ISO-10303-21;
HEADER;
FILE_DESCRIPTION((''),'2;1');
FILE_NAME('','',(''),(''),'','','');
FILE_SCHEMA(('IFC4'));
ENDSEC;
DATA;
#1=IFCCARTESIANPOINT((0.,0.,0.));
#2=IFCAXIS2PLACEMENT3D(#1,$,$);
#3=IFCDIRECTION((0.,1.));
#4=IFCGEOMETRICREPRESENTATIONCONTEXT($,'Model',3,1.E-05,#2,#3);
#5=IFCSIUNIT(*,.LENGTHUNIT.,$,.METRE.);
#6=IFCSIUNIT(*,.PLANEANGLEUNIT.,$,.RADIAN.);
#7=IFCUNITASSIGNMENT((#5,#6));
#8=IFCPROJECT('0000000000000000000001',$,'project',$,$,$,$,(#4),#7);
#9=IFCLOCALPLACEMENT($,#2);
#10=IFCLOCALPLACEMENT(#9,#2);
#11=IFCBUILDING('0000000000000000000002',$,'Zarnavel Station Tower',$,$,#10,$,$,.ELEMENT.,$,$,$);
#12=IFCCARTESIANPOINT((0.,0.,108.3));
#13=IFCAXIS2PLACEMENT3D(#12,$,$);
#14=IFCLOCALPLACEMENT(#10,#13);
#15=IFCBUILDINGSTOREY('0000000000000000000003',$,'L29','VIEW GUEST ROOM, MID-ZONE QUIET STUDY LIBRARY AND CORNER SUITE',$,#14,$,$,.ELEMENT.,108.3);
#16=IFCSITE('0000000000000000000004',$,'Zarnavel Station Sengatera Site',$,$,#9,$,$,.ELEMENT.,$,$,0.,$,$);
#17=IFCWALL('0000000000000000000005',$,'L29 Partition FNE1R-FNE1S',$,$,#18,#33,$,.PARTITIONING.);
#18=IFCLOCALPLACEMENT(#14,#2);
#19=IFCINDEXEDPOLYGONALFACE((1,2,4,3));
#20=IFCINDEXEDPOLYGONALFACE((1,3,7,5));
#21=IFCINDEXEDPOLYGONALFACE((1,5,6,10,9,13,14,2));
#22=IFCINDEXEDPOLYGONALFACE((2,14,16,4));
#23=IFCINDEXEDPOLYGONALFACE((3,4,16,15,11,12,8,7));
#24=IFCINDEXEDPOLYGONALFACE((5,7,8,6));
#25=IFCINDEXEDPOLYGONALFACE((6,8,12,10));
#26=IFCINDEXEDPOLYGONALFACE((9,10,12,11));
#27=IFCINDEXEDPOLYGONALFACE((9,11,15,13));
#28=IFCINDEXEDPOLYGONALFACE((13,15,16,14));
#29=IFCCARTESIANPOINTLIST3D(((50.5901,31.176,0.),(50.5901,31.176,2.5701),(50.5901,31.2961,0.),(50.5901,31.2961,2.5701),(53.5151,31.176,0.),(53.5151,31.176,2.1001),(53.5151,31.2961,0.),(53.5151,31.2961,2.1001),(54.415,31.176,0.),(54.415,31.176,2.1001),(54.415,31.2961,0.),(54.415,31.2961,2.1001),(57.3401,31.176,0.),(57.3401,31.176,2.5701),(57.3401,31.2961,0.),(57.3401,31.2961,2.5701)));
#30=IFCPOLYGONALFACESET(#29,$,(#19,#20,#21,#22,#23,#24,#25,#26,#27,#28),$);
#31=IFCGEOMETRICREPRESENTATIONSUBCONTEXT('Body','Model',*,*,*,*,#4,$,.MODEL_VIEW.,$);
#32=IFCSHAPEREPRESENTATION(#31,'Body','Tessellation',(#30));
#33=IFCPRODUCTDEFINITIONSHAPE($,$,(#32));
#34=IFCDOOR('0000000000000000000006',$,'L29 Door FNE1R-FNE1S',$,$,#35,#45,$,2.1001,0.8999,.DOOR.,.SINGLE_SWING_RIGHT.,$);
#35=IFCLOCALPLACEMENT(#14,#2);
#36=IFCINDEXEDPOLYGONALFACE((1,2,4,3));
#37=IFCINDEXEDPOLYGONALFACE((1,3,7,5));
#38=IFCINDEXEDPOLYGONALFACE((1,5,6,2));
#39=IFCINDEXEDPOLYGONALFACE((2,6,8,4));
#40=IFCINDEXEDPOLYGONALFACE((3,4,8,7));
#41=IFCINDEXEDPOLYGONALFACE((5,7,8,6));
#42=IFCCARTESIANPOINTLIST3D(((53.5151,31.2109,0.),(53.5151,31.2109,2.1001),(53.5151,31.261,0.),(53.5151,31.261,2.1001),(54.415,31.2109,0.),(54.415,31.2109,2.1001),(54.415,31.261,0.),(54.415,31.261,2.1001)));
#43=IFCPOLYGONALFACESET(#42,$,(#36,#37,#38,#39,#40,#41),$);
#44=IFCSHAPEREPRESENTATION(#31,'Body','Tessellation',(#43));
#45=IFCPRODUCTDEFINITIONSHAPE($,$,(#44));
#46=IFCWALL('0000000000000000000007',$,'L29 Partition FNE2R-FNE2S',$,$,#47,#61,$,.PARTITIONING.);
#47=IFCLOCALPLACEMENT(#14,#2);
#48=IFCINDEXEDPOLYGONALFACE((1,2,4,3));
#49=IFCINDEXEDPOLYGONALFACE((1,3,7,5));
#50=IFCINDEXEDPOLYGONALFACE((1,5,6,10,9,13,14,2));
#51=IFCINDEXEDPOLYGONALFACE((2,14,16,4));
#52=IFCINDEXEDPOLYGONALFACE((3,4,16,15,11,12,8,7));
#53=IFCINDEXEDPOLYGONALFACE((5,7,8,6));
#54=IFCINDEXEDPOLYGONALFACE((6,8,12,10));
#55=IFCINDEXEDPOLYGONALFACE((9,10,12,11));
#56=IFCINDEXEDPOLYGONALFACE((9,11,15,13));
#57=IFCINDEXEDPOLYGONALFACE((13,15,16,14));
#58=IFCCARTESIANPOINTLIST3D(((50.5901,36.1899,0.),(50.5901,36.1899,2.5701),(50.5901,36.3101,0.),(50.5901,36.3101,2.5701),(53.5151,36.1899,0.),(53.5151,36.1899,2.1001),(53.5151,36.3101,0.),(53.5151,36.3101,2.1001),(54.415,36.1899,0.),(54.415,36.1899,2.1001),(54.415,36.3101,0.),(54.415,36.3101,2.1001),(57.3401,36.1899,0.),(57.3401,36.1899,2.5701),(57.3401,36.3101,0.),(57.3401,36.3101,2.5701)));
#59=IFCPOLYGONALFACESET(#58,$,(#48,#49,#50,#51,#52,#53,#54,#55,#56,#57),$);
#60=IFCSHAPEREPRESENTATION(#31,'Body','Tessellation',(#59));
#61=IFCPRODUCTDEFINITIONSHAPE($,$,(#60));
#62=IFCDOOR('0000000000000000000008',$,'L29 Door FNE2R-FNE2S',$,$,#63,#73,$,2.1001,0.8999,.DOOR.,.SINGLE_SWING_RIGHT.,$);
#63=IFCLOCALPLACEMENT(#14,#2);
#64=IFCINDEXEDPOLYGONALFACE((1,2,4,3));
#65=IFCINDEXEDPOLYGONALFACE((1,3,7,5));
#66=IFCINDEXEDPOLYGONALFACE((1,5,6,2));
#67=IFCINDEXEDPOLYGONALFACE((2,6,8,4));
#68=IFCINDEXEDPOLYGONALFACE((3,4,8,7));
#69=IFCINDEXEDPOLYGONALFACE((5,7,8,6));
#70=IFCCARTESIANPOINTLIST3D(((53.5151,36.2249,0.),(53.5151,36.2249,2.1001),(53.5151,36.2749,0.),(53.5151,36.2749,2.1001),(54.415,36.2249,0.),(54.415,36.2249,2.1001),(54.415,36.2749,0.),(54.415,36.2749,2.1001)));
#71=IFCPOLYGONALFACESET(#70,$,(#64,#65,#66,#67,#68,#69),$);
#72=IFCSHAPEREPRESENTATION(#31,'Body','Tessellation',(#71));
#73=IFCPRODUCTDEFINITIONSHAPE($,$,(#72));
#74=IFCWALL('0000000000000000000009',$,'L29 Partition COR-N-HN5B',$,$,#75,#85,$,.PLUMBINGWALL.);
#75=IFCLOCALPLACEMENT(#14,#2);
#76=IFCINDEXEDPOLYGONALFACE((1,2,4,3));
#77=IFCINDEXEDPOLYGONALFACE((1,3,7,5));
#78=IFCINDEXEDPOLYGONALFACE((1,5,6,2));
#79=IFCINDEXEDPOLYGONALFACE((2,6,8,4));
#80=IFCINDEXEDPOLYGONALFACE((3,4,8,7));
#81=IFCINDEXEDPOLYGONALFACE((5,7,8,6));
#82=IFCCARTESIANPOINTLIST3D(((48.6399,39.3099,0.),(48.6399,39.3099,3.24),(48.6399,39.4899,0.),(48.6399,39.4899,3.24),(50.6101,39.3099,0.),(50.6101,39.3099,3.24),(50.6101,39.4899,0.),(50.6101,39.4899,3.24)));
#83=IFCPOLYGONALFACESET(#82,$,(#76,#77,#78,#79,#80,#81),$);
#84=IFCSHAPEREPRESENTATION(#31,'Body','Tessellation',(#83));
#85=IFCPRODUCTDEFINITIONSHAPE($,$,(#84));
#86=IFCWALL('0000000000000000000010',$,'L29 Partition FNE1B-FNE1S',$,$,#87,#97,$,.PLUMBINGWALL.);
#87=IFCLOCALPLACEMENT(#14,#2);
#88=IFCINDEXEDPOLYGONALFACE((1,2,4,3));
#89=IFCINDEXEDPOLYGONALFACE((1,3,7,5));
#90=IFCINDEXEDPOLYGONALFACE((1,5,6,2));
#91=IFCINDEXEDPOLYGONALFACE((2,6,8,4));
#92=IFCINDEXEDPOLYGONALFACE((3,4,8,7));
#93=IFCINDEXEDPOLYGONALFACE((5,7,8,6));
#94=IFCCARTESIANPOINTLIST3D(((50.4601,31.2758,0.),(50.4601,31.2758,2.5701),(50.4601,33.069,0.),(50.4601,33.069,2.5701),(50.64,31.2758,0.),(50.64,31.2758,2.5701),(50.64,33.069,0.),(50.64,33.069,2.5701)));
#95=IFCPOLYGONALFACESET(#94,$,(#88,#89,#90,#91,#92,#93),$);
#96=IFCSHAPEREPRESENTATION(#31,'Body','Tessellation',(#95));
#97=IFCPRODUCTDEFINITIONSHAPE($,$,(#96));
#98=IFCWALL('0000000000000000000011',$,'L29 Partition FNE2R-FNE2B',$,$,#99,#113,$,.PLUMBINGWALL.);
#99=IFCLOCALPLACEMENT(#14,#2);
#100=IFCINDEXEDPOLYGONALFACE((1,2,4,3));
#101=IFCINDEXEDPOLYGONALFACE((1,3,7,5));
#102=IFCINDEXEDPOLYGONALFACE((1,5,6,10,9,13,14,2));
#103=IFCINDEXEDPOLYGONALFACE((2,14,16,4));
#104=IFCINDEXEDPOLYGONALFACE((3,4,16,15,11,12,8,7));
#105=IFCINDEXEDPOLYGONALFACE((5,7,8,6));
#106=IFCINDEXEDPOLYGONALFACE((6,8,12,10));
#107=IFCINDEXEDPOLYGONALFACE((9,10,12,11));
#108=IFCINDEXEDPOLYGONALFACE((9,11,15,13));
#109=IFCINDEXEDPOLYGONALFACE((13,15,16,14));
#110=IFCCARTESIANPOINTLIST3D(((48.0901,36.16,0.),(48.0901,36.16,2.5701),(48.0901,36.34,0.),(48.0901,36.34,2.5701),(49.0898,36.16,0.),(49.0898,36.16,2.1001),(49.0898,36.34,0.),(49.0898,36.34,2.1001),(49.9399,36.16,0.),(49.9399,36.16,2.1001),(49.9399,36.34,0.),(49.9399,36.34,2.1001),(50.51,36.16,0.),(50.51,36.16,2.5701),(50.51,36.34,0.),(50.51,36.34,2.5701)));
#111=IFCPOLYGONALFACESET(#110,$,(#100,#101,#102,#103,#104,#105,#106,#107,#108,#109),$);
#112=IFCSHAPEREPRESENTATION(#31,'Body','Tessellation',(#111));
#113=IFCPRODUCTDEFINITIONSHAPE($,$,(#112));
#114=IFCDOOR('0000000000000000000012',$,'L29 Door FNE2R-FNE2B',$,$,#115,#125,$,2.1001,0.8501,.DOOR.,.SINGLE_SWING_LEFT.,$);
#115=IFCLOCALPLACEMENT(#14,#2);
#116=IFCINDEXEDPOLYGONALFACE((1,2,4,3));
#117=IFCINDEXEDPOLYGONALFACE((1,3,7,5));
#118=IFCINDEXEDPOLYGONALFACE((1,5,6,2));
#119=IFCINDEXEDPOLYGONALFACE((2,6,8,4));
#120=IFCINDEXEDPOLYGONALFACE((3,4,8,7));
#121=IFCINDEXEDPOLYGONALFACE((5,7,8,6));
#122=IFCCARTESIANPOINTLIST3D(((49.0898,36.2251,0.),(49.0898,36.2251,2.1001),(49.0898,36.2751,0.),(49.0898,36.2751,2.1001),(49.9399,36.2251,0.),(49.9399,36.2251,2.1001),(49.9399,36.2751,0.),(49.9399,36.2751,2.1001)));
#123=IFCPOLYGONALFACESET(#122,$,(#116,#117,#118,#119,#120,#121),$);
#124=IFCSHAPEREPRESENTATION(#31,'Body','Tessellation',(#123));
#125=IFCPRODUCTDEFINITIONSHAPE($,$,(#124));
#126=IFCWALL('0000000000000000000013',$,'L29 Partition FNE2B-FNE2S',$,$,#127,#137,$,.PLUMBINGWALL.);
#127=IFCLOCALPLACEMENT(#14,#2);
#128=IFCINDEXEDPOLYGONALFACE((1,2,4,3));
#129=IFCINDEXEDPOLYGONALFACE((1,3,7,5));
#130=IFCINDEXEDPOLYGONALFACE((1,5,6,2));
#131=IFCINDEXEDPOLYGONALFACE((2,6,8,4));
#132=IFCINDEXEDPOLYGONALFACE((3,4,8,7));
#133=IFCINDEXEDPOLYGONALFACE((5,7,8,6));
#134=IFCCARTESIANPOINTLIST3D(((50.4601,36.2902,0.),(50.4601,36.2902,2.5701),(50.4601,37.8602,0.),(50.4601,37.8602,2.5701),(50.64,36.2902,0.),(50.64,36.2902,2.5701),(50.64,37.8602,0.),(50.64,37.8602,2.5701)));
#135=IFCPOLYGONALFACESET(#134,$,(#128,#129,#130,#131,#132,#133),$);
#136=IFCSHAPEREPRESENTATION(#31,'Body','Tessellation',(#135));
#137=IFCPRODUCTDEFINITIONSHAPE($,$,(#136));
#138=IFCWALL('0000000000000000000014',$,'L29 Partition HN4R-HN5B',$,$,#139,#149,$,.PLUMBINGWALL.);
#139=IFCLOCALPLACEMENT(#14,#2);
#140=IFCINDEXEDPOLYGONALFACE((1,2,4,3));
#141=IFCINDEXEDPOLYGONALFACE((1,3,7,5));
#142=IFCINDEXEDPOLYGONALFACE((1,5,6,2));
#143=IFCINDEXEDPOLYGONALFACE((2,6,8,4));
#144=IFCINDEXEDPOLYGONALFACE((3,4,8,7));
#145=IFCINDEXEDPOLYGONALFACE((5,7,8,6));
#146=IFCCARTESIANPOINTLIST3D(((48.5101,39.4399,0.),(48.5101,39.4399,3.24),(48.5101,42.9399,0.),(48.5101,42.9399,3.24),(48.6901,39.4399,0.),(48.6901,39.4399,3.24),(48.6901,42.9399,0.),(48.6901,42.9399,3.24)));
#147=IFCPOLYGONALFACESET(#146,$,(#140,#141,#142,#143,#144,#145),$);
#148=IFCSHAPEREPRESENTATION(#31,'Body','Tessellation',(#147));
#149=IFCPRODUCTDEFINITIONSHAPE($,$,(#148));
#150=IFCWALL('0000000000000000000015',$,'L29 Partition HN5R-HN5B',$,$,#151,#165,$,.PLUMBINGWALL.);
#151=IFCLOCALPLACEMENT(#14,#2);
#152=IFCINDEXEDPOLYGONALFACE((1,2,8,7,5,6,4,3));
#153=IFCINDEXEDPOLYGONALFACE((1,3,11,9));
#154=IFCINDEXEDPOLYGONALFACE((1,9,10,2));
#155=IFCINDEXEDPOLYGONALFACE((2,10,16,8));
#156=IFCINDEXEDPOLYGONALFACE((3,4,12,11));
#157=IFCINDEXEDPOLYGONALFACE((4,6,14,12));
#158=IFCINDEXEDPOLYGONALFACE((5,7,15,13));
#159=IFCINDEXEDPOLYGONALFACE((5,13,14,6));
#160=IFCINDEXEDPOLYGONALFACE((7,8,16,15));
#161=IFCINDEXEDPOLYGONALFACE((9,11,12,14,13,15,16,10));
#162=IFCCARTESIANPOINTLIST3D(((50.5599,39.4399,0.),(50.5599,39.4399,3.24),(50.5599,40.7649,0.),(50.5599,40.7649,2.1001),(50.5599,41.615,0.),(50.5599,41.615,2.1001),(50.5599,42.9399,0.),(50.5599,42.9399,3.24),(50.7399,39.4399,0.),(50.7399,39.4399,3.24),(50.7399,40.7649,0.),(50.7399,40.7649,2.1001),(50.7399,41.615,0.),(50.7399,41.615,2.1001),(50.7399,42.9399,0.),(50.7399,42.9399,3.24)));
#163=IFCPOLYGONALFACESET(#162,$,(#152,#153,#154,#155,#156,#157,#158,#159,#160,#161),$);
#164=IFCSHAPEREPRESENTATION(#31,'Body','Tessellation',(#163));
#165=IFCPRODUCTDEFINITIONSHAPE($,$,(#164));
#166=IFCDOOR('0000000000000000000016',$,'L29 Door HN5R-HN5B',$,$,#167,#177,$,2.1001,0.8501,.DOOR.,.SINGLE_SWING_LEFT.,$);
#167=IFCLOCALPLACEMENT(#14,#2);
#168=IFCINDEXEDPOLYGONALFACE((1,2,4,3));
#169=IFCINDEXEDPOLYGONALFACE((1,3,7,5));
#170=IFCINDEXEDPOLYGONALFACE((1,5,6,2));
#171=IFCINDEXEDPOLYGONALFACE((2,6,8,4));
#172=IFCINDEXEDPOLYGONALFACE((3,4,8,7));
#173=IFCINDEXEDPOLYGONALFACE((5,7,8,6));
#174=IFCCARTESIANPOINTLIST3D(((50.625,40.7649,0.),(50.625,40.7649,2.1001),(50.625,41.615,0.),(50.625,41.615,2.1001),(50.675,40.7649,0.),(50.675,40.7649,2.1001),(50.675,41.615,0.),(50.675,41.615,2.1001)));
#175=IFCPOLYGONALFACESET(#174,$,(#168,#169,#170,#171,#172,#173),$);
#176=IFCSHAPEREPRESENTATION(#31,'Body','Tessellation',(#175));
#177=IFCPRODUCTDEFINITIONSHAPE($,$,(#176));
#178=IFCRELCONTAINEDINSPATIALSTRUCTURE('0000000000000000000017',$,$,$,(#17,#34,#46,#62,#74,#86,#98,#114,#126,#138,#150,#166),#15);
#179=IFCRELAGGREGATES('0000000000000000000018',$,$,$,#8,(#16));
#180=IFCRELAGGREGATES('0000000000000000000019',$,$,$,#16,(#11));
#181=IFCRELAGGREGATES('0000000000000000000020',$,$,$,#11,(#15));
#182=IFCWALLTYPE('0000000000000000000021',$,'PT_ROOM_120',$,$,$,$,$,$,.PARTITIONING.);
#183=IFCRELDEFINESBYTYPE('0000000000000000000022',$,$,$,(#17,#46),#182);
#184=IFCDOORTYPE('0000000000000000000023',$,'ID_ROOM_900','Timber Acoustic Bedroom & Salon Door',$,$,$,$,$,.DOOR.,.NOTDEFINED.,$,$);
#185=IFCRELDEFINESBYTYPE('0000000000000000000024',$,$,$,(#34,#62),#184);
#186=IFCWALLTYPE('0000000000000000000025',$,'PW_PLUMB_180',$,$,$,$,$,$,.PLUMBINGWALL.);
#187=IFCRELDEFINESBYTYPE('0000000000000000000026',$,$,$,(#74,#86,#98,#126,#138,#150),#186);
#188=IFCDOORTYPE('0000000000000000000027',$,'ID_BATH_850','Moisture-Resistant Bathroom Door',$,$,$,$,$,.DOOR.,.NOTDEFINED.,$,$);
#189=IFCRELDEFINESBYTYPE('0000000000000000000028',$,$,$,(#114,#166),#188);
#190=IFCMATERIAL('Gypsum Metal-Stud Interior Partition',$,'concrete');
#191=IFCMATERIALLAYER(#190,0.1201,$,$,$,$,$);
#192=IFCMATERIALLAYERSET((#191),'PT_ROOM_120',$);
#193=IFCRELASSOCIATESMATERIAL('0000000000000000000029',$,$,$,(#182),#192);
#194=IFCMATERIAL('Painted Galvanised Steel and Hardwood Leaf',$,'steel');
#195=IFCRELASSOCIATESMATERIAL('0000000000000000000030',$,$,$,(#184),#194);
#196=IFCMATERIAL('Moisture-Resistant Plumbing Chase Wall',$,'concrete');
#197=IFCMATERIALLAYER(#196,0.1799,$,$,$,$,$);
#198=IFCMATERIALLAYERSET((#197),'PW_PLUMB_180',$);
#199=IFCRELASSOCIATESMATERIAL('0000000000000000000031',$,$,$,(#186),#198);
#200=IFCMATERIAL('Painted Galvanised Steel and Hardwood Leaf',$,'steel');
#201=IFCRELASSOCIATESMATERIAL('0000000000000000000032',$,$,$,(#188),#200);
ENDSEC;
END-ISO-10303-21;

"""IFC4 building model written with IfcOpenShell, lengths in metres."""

from ifc_helpers import new_model, si_unit, direction, frame, frame_2d, origin, place, context, subcontext, project, spatial, rectangle, extrude, material, layer, layer_set, type_object, element, fill, save


model = new_model("IFC4")

# Units and contexts
model_context = context("Model", 3, precision=1e-05, world=origin(), true_north=direction((0.0, 1.0)))
body_context = subcontext(model_context, "Body", "Model", "MODEL_VIEW")
ifc_project = project(units=[si_unit("LENGTHUNIT", "METRE"), si_unit("PLANEANGLEUNIT", "RADIAN")], contexts=[model_context])

# Site, building, storey
site_placement = place(None, origin())
site = spatial("IfcSite", under=ifc_project, at=site_placement, Name="Zarnavel Station Sengatera Site", CompositionType="ELEMENT", RefElevation=0.0)
building_placement = place(site_placement, origin())
building = spatial("IfcBuilding", under=site, at=building_placement, Name="Zarnavel Station Tower", CompositionType="ELEMENT")
storey_placement = place(building_placement, frame((0.0, 0.0, 108.3)))
storey = spatial("IfcBuildingStorey", under=building, at=storey_placement, Name="L29", Description="VIEW GUEST ROOM, MID-ZONE QUIET STUDY LIBRARY AND CORNER SUITE", CompositionType="ELEMENT", Elevation=108.3)

# Walls, openings, doors
ifc_material_1 = material(Name="Gypsum Metal-Stud Interior Partition", Category="concrete")
ifc_layer_1 = layer(ifc_material_1, 0.1201)
ifc_layer_set_1 = layer_set([ifc_layer_1], Name="PT_ROOM_120")
wall_type_1 = type_object("IfcWallType", Name="PT_ROOM_120", PredefinedType="PARTITIONING", material=ifc_layer_set_1)
wall_1_placement = place(storey_placement, frame((50.5901, 31.2361, 0.0), z_axis=(0.0, 0.0, 1.0), x_axis=(1.0, 0.0, 0.0)))
wall_1 = element("IfcWall", 1, at=wall_1_placement, inside=storey, type_object=wall_type_1, Name="L29 Partition FNE1R-FNE1S", PredefinedType="PARTITIONING", context=body_context, shape_type="SweptSolid", body=[
    extrude(rectangle(XDim=6.75, YDim=0.1201, at=frame_2d((3.375, 0.0))), origin(), (0.0, 0.0, 1.0), 2.5701),
])
opening_1_placement = place(wall_1_placement, frame((2.925, 0.0, 0.0)))
opening_1 = element("IfcOpeningElement", 2, at=opening_1_placement, cuts=wall_1, PredefinedType="OPENING", context=body_context, shape_type="SweptSolid", body=[
    extrude(rectangle(XDim=0.8999, YDim=2.1001, at=frame_2d((0.45, 1.05))), frame((0.0, 0.0701, 0.0), z_axis=(0.0, -1.0, 0.0), x_axis=(1.0, 0.0, 0.0)), (0.0, 0.0, 1.0), 0.1401),
])
ifc_material_2 = material(Name="Painted Galvanised Steel and Hardwood Leaf", Category="steel")
door_type_1 = type_object("IfcDoorType", Name="ID_ROOM_900", Description="Timber Acoustic Bedroom & Salon Door", OperationType="NOTDEFINED", PredefinedType="DOOR", material=ifc_material_2)
door_1_placement = place(opening_1_placement, origin())
door_1 = element("IfcDoor", 3, at=door_1_placement, inside=storey, type_object=door_type_1, Name="L29 Door FNE1R-FNE1S", OperationType="SINGLE_SWING_RIGHT", OverallHeight=2.1001, OverallWidth=0.8999, PredefinedType="DOOR", context=body_context, shape_type="SweptSolid", body=[
    extrude(rectangle(XDim=0.8999, YDim=2.1001, at=frame_2d((0.45, 1.05))), frame((0.0, 0.0249, 0.0), z_axis=(0.0, -1.0, 0.0), x_axis=(1.0, 0.0, 0.0)), (0.0, 0.0, 1.0), 0.05),
])
fill(opening_1, door_1)
wall_2_placement = place(storey_placement, frame((50.5901, 36.25, 0.0), z_axis=(0.0, 0.0, 1.0), x_axis=(1.0, 0.0, 0.0)))
wall_2 = element("IfcWall", 4, at=wall_2_placement, inside=storey, type_object=wall_type_1, Name="L29 Partition FNE2R-FNE2S", PredefinedType="PARTITIONING", context=body_context, shape_type="SweptSolid", body=[
    extrude(rectangle(XDim=6.75, YDim=0.1201, at=frame_2d((3.375, 0.0))), origin(), (0.0, 0.0, 1.0), 2.5701),
])
opening_2_placement = place(wall_2_placement, frame((2.925, 0.0, 0.0)))
opening_2 = element("IfcOpeningElement", 5, at=opening_2_placement, cuts=wall_2, PredefinedType="OPENING", context=body_context, shape_type="SweptSolid", body=[
    extrude(rectangle(XDim=0.8999, YDim=2.1001, at=frame_2d((0.45, 1.05))), frame((0.0, 0.0701, 0.0), z_axis=(0.0, -1.0, 0.0), x_axis=(1.0, 0.0, 0.0)), (0.0, 0.0, 1.0), 0.1401),
])
door_2_placement = place(opening_2_placement, origin())
door_2 = element("IfcDoor", 6, at=door_2_placement, inside=storey, type_object=door_type_1, Name="L29 Door FNE2R-FNE2S", OperationType="SINGLE_SWING_RIGHT", OverallHeight=2.1001, OverallWidth=0.8999, PredefinedType="DOOR", context=body_context, shape_type="SweptSolid", body=[
    extrude(rectangle(XDim=0.8999, YDim=2.1001, at=frame_2d((0.45, 1.05))), frame((0.0, 0.0249, 0.0), z_axis=(0.0, -1.0, 0.0), x_axis=(1.0, 0.0, 0.0)), (0.0, 0.0, 1.0), 0.05),
])
fill(opening_2, door_2)

# Walls
ifc_material_3 = material(Name="Moisture-Resistant Plumbing Chase Wall", Category="concrete")
ifc_layer_2 = layer(ifc_material_3, 0.1799)
ifc_layer_set_2 = layer_set([ifc_layer_2], Name="PW_PLUMB_180")
wall_type_2 = type_object("IfcWallType", Name="PW_PLUMB_180", PredefinedType="PLUMBINGWALL", material=ifc_layer_set_2)
wall_3_placement = place(storey_placement, frame((48.6399, 39.3999, 0.0), z_axis=(0.0, 0.0, 1.0), x_axis=(1.0, 0.0, 0.0)))
element("IfcWall", 7, at=wall_3_placement, inside=storey, type_object=wall_type_2, Name="L29 Partition COR-N-HN5B", PredefinedType="PLUMBINGWALL", context=body_context, shape_type="SweptSolid", body=[
    extrude(rectangle(XDim=1.9702, YDim=0.1799, at=frame_2d((0.9851, 0.0))), origin(), (0.0, 0.0, 1.0), 3.24),
])
wall_4_placement = place(storey_placement, frame((50.55, 31.2759, 0.0), z_axis=(0.0, 0.0, 1.0), x_axis=(0.0, 1.0, 0.0)))
element("IfcWall", 8, at=wall_4_placement, inside=storey, type_object=wall_type_2, Name="L29 Partition FNE1B-FNE1S", PredefinedType="PLUMBINGWALL", context=body_context, shape_type="SweptSolid", body=[
    extrude(rectangle(XDim=1.7932, YDim=0.1799, at=frame_2d((0.8965, 0.0))), origin(), (0.0, 0.0, 1.0), 2.5701),
])

# Wall, opening, door
wall_5_placement = place(storey_placement, frame((50.51, 36.25, 0.0), z_axis=(0.0, 0.0, 1.0), x_axis=(-1.0, 0.0, 0.0)))
wall_5 = element("IfcWall", 9, at=wall_5_placement, inside=storey, type_object=wall_type_2, Name="L29 Partition FNE2R-FNE2B", PredefinedType="PLUMBINGWALL", context=body_context, shape_type="SweptSolid", body=[
    extrude(rectangle(XDim=2.4199, YDim=0.1799, at=frame_2d((1.21, 0.0))), origin(), (0.0, 0.0, 1.0), 2.5701),
])
opening_3_placement = place(wall_5_placement, frame((0.5701, 0.0, 0.0)))
opening_3 = element("IfcOpeningElement", 10, at=opening_3_placement, cuts=wall_5, PredefinedType="OPENING", context=body_context, shape_type="SweptSolid", body=[
    extrude(rectangle(XDim=0.8501, YDim=2.1001, at=frame_2d((0.425, 1.05))), frame((0.0, 0.0999, 0.0), z_axis=(0.0, -1.0, 0.0), x_axis=(1.0, 0.0, 0.0)), (0.0, 0.0, 1.0), 0.2),
])
ifc_material_4 = material(Name="Painted Galvanised Steel and Hardwood Leaf", Category="steel")
door_type_2 = type_object("IfcDoorType", Name="ID_BATH_850", Description="Moisture-Resistant Bathroom Door", OperationType="NOTDEFINED", PredefinedType="DOOR", material=ifc_material_4)
door_3_placement = place(opening_3_placement, origin())
door_3 = element("IfcDoor", 11, at=door_3_placement, inside=storey, type_object=door_type_2, Name="L29 Door FNE2R-FNE2B", OperationType="SINGLE_SWING_LEFT", OverallHeight=2.1001, OverallWidth=0.8501, PredefinedType="DOOR", context=body_context, shape_type="SweptSolid", body=[
    extrude(rectangle(XDim=0.8501, YDim=2.1001, at=frame_2d((0.425, 1.05))), frame((0.0, 0.0249, 0.0), z_axis=(0.0, -1.0, 0.0), x_axis=(1.0, 0.0, 0.0)), (0.0, 0.0, 1.0), 0.05),
])
fill(opening_3, door_3)

# Walls
wall_6_placement = place(storey_placement, frame((50.55, 36.29, 0.0), z_axis=(0.0, 0.0, 1.0), x_axis=(0.0, 1.0, 0.0)))
element("IfcWall", 12, at=wall_6_placement, inside=storey, type_object=wall_type_2, Name="L29 Partition FNE2B-FNE2S", PredefinedType="PLUMBINGWALL", context=body_context, shape_type="SweptSolid", body=[
    extrude(rectangle(XDim=1.5701, YDim=0.1799, at=frame_2d((0.7852, 0.0))), origin(), (0.0, 0.0, 1.0), 2.5701),
])
wall_7_placement = place(storey_placement, frame((48.6001, 39.4399, 0.0), z_axis=(0.0, 0.0, 1.0), x_axis=(0.0, 1.0, 0.0)))
element("IfcWall", 13, at=wall_7_placement, inside=storey, type_object=wall_type_2, Name="L29 Partition HN4R-HN5B", PredefinedType="PLUMBINGWALL", context=body_context, shape_type="SweptSolid", body=[
    extrude(rectangle(XDim=3.5, YDim=0.1799, at=frame_2d((1.75, 0.0))), origin(), (0.0, 0.0, 1.0), 3.24),
])

# Wall, opening, door
wall_8_placement = place(storey_placement, frame((50.6499, 39.4399, 0.0), z_axis=(0.0, 0.0, 1.0), x_axis=(0.0, 1.0, 0.0)))
wall_8 = element("IfcWall", 14, at=wall_8_placement, inside=storey, type_object=wall_type_2, Name="L29 Partition HN5R-HN5B", PredefinedType="PLUMBINGWALL", context=body_context, shape_type="SweptSolid", body=[
    extrude(rectangle(XDim=3.5, YDim=0.1799, at=frame_2d((1.75, 0.0))), origin(), (0.0, 0.0, 1.0), 3.24),
])
opening_4_placement = place(wall_8_placement, frame((1.325, 0.0, 0.0)))
opening_4 = element("IfcOpeningElement", 15, at=opening_4_placement, cuts=wall_8, PredefinedType="OPENING", context=body_context, shape_type="SweptSolid", body=[
    extrude(rectangle(XDim=0.8501, YDim=2.1001, at=frame_2d((0.425, 1.05))), frame((0.0, 0.0999, 0.0), z_axis=(0.0, -1.0, 0.0), x_axis=(1.0, 0.0, 0.0)), (0.0, 0.0, 1.0), 0.2),
])
door_4_placement = place(opening_4_placement, origin())
door_4 = element("IfcDoor", 16, at=door_4_placement, inside=storey, type_object=door_type_2, Name="L29 Door HN5R-HN5B", OperationType="SINGLE_SWING_LEFT", OverallHeight=2.1001, OverallWidth=0.8501, PredefinedType="DOOR", context=body_context, shape_type="SweptSolid", body=[
    extrude(rectangle(XDim=0.8501, YDim=2.1001, at=frame_2d((0.425, 1.05))), frame((0.0, 0.0249, 0.0), z_axis=(0.0, -1.0, 0.0), x_axis=(1.0, 0.0, 0.0)), (0.0, 0.0, 1.0), 0.05),
])
fill(opening_4, door_4)

save(model, "model.ifc")
